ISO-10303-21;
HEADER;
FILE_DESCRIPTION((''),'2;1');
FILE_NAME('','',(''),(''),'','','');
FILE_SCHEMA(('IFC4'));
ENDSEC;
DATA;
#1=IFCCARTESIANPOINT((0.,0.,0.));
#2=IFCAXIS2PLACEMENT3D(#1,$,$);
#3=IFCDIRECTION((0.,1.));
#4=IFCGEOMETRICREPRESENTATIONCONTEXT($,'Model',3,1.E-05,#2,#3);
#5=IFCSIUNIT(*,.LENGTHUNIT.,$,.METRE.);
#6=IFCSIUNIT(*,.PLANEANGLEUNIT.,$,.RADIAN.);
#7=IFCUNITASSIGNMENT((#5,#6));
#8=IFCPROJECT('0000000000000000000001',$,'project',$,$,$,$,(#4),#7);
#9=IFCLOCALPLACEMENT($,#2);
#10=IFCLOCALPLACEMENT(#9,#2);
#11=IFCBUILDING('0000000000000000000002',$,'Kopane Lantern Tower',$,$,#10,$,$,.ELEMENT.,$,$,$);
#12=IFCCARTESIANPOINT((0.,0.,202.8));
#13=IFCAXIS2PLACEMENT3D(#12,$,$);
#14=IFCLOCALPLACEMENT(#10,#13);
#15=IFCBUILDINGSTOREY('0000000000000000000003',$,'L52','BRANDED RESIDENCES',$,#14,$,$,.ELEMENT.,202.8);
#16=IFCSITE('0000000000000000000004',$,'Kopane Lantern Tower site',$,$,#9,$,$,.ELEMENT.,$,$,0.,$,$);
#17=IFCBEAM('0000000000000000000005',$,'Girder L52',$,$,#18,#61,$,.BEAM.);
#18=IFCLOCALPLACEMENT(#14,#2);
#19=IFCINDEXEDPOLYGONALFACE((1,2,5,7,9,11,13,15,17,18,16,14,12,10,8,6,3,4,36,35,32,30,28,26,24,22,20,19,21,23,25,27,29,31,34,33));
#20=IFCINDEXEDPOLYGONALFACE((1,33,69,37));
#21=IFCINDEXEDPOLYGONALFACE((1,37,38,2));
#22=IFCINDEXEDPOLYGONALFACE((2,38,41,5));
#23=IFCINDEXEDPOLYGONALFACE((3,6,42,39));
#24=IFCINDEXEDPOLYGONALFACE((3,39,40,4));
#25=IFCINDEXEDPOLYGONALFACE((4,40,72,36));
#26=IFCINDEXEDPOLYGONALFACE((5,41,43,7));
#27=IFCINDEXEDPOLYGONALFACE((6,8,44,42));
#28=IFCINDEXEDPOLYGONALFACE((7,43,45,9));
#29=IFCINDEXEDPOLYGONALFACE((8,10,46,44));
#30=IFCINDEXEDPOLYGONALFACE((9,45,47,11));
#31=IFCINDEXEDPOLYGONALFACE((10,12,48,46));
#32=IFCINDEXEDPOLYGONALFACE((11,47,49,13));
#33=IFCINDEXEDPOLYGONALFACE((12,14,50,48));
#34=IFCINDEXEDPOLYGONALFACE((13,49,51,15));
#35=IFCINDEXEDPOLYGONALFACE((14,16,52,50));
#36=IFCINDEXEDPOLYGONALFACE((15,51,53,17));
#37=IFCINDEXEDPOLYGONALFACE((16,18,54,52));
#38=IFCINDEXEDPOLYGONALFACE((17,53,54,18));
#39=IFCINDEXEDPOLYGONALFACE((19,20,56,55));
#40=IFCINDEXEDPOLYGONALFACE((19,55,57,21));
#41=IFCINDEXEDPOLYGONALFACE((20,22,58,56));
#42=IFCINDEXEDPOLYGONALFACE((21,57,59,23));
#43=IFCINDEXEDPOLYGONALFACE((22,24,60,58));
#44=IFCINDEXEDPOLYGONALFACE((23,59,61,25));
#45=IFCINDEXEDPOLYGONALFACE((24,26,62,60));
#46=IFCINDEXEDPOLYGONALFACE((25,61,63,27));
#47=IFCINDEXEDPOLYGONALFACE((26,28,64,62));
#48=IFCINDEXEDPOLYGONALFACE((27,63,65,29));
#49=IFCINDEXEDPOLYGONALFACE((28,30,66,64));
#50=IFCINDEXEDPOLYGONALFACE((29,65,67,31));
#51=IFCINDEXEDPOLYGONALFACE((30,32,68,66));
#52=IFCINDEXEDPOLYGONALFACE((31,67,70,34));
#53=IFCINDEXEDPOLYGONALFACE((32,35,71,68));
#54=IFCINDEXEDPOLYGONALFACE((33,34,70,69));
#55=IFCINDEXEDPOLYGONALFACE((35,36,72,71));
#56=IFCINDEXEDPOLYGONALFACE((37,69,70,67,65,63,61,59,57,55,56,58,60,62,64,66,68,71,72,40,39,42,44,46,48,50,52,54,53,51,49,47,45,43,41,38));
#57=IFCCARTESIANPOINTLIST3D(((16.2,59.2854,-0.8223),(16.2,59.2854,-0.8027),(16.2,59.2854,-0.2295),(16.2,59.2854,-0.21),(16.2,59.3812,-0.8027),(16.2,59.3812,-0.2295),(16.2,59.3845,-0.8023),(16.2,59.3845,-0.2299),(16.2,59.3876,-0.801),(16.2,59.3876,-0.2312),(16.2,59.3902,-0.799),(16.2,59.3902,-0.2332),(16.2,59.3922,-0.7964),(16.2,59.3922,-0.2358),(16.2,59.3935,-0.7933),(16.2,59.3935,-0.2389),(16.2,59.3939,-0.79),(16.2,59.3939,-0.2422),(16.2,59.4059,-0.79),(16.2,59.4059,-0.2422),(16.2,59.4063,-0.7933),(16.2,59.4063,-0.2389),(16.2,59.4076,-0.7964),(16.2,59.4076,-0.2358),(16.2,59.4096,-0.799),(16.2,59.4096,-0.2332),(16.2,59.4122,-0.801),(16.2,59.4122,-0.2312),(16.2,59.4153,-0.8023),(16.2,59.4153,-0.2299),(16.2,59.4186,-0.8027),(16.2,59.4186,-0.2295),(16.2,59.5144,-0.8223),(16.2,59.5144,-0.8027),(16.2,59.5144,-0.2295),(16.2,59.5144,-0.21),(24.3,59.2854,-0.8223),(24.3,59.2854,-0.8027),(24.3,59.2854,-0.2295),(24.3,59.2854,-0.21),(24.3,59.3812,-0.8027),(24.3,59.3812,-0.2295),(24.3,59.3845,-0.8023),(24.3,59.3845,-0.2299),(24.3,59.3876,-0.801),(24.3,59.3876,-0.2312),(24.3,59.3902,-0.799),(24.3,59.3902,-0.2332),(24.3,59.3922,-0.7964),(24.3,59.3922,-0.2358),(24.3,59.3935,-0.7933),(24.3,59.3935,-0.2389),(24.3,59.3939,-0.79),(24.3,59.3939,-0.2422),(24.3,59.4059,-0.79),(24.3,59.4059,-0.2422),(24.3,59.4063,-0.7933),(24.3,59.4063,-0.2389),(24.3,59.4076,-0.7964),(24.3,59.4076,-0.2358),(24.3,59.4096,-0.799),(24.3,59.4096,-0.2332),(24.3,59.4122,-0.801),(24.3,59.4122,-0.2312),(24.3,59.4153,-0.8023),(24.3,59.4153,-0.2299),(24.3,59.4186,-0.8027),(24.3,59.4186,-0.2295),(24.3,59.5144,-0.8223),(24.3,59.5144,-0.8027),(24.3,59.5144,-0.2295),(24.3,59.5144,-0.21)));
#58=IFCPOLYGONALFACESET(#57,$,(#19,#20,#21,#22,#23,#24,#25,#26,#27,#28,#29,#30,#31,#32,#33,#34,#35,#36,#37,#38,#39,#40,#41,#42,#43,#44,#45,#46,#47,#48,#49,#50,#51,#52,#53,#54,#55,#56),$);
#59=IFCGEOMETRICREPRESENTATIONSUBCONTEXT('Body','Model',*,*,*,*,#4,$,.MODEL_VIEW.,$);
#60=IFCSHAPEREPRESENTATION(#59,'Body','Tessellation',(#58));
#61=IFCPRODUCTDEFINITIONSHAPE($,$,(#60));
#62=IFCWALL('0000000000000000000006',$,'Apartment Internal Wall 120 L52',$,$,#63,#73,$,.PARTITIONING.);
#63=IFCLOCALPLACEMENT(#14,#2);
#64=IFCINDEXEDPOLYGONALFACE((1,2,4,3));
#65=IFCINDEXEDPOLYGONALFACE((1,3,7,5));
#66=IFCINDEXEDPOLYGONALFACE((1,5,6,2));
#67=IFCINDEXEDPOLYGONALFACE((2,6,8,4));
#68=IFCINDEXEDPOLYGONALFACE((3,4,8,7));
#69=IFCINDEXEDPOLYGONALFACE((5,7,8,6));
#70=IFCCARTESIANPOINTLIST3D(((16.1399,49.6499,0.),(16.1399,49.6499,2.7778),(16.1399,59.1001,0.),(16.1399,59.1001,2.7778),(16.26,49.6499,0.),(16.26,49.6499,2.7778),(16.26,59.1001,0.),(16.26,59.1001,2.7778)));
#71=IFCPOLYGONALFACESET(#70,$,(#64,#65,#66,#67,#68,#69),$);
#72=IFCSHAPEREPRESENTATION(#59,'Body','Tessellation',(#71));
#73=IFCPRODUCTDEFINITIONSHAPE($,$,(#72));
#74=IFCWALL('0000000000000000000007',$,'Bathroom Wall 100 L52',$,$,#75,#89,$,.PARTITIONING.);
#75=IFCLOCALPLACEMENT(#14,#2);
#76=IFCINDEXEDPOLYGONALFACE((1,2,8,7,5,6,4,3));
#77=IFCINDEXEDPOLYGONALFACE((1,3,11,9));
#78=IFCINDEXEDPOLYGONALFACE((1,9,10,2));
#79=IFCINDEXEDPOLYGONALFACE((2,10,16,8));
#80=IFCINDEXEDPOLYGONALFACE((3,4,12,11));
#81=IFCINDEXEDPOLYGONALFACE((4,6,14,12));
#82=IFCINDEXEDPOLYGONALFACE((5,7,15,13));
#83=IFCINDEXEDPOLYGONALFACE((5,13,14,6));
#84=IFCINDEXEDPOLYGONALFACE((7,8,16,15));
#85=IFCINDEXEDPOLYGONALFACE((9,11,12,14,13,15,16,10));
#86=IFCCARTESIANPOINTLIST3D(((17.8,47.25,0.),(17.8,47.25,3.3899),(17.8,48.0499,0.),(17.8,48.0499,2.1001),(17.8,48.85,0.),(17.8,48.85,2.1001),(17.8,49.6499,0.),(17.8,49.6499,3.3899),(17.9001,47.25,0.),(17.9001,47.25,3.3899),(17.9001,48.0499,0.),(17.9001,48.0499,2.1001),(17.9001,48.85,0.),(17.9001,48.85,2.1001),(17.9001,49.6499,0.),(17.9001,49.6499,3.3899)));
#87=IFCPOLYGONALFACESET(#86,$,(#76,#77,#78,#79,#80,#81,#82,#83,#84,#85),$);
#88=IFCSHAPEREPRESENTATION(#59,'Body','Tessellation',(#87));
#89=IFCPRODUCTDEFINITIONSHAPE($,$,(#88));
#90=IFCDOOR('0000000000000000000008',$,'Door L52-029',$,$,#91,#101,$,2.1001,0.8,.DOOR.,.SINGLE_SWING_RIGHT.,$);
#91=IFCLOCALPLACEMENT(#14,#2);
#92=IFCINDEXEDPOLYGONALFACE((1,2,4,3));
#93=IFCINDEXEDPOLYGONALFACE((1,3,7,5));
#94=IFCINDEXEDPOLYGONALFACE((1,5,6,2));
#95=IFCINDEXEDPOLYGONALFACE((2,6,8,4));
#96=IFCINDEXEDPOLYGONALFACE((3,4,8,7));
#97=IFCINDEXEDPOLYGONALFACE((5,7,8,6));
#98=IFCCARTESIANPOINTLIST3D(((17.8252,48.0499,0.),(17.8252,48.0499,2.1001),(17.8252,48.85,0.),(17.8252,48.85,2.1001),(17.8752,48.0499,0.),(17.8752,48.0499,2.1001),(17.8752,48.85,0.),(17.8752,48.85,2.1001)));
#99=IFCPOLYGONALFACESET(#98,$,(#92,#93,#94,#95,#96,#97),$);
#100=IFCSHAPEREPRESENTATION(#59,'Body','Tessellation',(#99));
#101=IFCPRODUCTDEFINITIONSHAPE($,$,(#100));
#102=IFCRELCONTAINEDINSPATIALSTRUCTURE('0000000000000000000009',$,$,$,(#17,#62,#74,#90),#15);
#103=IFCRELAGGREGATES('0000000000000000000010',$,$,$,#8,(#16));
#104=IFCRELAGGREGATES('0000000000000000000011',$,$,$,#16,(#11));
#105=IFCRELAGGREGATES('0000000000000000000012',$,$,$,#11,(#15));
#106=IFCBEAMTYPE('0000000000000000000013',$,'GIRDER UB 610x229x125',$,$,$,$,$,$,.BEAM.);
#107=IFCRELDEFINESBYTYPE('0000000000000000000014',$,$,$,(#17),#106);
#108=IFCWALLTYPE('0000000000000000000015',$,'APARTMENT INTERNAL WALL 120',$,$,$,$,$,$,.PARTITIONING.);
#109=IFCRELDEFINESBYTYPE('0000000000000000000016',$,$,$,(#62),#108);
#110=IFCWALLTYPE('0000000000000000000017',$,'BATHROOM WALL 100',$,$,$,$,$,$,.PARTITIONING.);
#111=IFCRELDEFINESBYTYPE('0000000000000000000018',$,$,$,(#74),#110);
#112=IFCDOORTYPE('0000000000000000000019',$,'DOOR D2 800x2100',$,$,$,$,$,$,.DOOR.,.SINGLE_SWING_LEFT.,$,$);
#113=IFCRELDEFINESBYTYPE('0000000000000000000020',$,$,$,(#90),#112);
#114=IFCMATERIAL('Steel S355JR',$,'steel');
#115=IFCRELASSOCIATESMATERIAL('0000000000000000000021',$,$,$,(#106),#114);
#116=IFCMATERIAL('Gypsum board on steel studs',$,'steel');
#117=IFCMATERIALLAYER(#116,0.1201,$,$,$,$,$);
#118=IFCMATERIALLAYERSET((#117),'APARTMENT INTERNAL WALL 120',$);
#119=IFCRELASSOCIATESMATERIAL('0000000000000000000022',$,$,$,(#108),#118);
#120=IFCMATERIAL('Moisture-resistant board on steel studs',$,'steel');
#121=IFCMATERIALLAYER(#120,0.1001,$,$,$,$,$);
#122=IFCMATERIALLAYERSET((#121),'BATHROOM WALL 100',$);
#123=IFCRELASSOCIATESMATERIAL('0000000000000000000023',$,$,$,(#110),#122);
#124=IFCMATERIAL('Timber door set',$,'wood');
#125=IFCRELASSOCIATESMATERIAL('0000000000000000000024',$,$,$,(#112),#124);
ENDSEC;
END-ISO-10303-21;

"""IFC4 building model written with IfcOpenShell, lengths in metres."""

from ifc_helpers import new_model, si_unit, direction, frame, frame_2d, origin, origin_2d, place, context, subcontext, project, spatial, rectangle, i_section, extrude, material, layer, layer_set, material_profile, profile_set, type_object, element, fill, save


model = new_model("IFC4")

# Units and contexts
model_context = context("Model", 3, precision=1e-05, world=origin(), true_north=direction((0.0, 1.0)))
body_context = subcontext(model_context, "Body", "Model", "MODEL_VIEW")
ifc_project = project(units=[si_unit("LENGTHUNIT", "METRE"), si_unit("PLANEANGLEUNIT", "RADIAN")], contexts=[model_context])

# Site, building, storey
site_placement = place(None, origin())
site = spatial("IfcSite", under=ifc_project, at=site_placement, Name="Kopane Lantern Tower site", CompositionType="ELEMENT", RefElevation=0.0)
building_placement = place(site_placement, origin())
building = spatial("IfcBuilding", under=site, at=building_placement, Name="Kopane Lantern Tower", CompositionType="ELEMENT")
storey_placement = place(building_placement, frame((0.0, 0.0, 202.8)))
storey = spatial("IfcBuildingStorey", under=building, at=storey_placement, Name="L52", Description="BRANDED RESIDENCES", CompositionType="ELEMENT", Elevation=202.8)

# Beam
ifc_material_1 = material(Name="Steel S355JR", Category="steel")
ifc_material_profile_1 = material_profile(ifc_material_1, i_section(OverallWidth=0.229, OverallDepth=0.6123, WebThickness=0.012, FlangeThickness=0.0195, FilletRadius=0.0127, at=origin_2d()), Name="UB 610x229x125")
ifc_profile_set_1 = profile_set([ifc_material_profile_1], Name="Steel S355JR")
beam_type = type_object("IfcBeamType", Name="GIRDER UB 610x229x125", PredefinedType="BEAM", material=ifc_profile_set_1)
for number, where, z_axis, x_axis, name in (
    (1, (16.2, 59.3999, -0.5161), (1.0, 0.0, 0.0), (0.0, 1.0, 0.0), "Girder L52"),
):
    element("IfcBeam", number, at=place(storey_placement, frame(where, z_axis=z_axis, x_axis=x_axis)), inside=storey, type_object=beam_type, Name=name, PredefinedType="BEAM", context=body_context, shape_type="SweptSolid", body=[
        extrude(i_section(OverallWidth=0.229, OverallDepth=0.6123, WebThickness=0.012, FlangeThickness=0.0195, FilletRadius=0.0127, at=origin_2d()), origin(), (0.0, 0.0, 1.0), 8.1001),
    ])

# Wall
ifc_material_2 = material(Name="Gypsum board on steel studs", Category="steel")
ifc_layer_1 = layer(ifc_material_2, 0.1201)
ifc_layer_set_1 = layer_set([ifc_layer_1], Name="APARTMENT INTERNAL WALL 120")
wall_type_1 = type_object("IfcWallType", Name="APARTMENT INTERNAL WALL 120", PredefinedType="PARTITIONING", material=ifc_layer_set_1)
wall_1_placement = place(storey_placement, frame((16.2, 49.6499, 0.0), z_axis=(0.0, 0.0, 1.0), x_axis=(0.0, 1.0, 0.0)))
element("IfcWall", 2, at=wall_1_placement, inside=storey, type_object=wall_type_1, Name="Apartment Internal Wall 120 L52", PredefinedType="PARTITIONING", context=body_context, shape_type="SweptSolid", body=[
    extrude(rectangle(XDim=9.4502, YDim=0.1201, at=frame_2d((4.7251, 0.0))), origin(), (0.0, 0.0, 1.0), 2.7778),
])

# Wall, opening, door
ifc_material_3 = material(Name="Moisture-resistant board on steel studs", Category="steel")
ifc_layer_2 = layer(ifc_material_3, 0.1001)
ifc_layer_set_2 = layer_set([ifc_layer_2], Name="BATHROOM WALL 100")
wall_type_2 = type_object("IfcWallType", Name="BATHROOM WALL 100", PredefinedType="PARTITIONING", material=ifc_layer_set_2)
wall_2_placement = place(storey_placement, frame((17.8501, 47.25, 0.0), z_axis=(0.0, 0.0, 1.0), x_axis=(0.0, 1.0, 0.0)))
wall_2 = element("IfcWall", 3, at=wall_2_placement, inside=storey, type_object=wall_type_2, Name="Bathroom Wall 100 L52", PredefinedType="PARTITIONING", context=body_context, shape_type="SweptSolid", body=[
    extrude(rectangle(XDim=2.3999, YDim=0.1001, at=frame_2d((1.2, 0.0))), origin(), (0.0, 0.0, 1.0), 3.3899),
])
opening_1_placement = place(wall_2_placement, frame((0.8, 0.0, 0.0)))
opening_1 = element("IfcOpeningElement", 4, at=opening_1_placement, cuts=wall_2, PredefinedType="OPENING", context=body_context, shape_type="SweptSolid", body=[
    extrude(rectangle(XDim=0.8, YDim=2.1001, at=frame_2d((0.3999, 1.05))), frame((0.0, 0.0601, 0.0), z_axis=(0.0, -1.0, 0.0), x_axis=(1.0, 0.0, 0.0)), (0.0, 0.0, 1.0), 0.1201),
])
ifc_material_4 = material(Name="Timber door set", Category="wood")
door_type_1 = type_object("IfcDoorType", Name="DOOR D2 800x2100", OperationType="SINGLE_SWING_LEFT", PredefinedType="DOOR", material=ifc_material_4)
door_1_placement = place(opening_1_placement, origin())
door_1 = element("IfcDoor", 5, at=door_1_placement, inside=storey, type_object=door_type_1, Name="Door L52-029", OperationType="SINGLE_SWING_RIGHT", OverallHeight=2.1001, OverallWidth=0.8, PredefinedType="DOOR", context=body_context, shape_type="SweptSolid", body=[
    extrude(rectangle(XDim=0.8, YDim=2.1001, at=frame_2d((0.3999, 1.05))), frame((0.0, 0.0249, 0.0), z_axis=(0.0, -1.0, 0.0), x_axis=(1.0, 0.0, 0.0)), (0.0, 0.0, 1.0), 0.05),
])
fill(opening_1, door_1)

save(model, "model.ifc")
